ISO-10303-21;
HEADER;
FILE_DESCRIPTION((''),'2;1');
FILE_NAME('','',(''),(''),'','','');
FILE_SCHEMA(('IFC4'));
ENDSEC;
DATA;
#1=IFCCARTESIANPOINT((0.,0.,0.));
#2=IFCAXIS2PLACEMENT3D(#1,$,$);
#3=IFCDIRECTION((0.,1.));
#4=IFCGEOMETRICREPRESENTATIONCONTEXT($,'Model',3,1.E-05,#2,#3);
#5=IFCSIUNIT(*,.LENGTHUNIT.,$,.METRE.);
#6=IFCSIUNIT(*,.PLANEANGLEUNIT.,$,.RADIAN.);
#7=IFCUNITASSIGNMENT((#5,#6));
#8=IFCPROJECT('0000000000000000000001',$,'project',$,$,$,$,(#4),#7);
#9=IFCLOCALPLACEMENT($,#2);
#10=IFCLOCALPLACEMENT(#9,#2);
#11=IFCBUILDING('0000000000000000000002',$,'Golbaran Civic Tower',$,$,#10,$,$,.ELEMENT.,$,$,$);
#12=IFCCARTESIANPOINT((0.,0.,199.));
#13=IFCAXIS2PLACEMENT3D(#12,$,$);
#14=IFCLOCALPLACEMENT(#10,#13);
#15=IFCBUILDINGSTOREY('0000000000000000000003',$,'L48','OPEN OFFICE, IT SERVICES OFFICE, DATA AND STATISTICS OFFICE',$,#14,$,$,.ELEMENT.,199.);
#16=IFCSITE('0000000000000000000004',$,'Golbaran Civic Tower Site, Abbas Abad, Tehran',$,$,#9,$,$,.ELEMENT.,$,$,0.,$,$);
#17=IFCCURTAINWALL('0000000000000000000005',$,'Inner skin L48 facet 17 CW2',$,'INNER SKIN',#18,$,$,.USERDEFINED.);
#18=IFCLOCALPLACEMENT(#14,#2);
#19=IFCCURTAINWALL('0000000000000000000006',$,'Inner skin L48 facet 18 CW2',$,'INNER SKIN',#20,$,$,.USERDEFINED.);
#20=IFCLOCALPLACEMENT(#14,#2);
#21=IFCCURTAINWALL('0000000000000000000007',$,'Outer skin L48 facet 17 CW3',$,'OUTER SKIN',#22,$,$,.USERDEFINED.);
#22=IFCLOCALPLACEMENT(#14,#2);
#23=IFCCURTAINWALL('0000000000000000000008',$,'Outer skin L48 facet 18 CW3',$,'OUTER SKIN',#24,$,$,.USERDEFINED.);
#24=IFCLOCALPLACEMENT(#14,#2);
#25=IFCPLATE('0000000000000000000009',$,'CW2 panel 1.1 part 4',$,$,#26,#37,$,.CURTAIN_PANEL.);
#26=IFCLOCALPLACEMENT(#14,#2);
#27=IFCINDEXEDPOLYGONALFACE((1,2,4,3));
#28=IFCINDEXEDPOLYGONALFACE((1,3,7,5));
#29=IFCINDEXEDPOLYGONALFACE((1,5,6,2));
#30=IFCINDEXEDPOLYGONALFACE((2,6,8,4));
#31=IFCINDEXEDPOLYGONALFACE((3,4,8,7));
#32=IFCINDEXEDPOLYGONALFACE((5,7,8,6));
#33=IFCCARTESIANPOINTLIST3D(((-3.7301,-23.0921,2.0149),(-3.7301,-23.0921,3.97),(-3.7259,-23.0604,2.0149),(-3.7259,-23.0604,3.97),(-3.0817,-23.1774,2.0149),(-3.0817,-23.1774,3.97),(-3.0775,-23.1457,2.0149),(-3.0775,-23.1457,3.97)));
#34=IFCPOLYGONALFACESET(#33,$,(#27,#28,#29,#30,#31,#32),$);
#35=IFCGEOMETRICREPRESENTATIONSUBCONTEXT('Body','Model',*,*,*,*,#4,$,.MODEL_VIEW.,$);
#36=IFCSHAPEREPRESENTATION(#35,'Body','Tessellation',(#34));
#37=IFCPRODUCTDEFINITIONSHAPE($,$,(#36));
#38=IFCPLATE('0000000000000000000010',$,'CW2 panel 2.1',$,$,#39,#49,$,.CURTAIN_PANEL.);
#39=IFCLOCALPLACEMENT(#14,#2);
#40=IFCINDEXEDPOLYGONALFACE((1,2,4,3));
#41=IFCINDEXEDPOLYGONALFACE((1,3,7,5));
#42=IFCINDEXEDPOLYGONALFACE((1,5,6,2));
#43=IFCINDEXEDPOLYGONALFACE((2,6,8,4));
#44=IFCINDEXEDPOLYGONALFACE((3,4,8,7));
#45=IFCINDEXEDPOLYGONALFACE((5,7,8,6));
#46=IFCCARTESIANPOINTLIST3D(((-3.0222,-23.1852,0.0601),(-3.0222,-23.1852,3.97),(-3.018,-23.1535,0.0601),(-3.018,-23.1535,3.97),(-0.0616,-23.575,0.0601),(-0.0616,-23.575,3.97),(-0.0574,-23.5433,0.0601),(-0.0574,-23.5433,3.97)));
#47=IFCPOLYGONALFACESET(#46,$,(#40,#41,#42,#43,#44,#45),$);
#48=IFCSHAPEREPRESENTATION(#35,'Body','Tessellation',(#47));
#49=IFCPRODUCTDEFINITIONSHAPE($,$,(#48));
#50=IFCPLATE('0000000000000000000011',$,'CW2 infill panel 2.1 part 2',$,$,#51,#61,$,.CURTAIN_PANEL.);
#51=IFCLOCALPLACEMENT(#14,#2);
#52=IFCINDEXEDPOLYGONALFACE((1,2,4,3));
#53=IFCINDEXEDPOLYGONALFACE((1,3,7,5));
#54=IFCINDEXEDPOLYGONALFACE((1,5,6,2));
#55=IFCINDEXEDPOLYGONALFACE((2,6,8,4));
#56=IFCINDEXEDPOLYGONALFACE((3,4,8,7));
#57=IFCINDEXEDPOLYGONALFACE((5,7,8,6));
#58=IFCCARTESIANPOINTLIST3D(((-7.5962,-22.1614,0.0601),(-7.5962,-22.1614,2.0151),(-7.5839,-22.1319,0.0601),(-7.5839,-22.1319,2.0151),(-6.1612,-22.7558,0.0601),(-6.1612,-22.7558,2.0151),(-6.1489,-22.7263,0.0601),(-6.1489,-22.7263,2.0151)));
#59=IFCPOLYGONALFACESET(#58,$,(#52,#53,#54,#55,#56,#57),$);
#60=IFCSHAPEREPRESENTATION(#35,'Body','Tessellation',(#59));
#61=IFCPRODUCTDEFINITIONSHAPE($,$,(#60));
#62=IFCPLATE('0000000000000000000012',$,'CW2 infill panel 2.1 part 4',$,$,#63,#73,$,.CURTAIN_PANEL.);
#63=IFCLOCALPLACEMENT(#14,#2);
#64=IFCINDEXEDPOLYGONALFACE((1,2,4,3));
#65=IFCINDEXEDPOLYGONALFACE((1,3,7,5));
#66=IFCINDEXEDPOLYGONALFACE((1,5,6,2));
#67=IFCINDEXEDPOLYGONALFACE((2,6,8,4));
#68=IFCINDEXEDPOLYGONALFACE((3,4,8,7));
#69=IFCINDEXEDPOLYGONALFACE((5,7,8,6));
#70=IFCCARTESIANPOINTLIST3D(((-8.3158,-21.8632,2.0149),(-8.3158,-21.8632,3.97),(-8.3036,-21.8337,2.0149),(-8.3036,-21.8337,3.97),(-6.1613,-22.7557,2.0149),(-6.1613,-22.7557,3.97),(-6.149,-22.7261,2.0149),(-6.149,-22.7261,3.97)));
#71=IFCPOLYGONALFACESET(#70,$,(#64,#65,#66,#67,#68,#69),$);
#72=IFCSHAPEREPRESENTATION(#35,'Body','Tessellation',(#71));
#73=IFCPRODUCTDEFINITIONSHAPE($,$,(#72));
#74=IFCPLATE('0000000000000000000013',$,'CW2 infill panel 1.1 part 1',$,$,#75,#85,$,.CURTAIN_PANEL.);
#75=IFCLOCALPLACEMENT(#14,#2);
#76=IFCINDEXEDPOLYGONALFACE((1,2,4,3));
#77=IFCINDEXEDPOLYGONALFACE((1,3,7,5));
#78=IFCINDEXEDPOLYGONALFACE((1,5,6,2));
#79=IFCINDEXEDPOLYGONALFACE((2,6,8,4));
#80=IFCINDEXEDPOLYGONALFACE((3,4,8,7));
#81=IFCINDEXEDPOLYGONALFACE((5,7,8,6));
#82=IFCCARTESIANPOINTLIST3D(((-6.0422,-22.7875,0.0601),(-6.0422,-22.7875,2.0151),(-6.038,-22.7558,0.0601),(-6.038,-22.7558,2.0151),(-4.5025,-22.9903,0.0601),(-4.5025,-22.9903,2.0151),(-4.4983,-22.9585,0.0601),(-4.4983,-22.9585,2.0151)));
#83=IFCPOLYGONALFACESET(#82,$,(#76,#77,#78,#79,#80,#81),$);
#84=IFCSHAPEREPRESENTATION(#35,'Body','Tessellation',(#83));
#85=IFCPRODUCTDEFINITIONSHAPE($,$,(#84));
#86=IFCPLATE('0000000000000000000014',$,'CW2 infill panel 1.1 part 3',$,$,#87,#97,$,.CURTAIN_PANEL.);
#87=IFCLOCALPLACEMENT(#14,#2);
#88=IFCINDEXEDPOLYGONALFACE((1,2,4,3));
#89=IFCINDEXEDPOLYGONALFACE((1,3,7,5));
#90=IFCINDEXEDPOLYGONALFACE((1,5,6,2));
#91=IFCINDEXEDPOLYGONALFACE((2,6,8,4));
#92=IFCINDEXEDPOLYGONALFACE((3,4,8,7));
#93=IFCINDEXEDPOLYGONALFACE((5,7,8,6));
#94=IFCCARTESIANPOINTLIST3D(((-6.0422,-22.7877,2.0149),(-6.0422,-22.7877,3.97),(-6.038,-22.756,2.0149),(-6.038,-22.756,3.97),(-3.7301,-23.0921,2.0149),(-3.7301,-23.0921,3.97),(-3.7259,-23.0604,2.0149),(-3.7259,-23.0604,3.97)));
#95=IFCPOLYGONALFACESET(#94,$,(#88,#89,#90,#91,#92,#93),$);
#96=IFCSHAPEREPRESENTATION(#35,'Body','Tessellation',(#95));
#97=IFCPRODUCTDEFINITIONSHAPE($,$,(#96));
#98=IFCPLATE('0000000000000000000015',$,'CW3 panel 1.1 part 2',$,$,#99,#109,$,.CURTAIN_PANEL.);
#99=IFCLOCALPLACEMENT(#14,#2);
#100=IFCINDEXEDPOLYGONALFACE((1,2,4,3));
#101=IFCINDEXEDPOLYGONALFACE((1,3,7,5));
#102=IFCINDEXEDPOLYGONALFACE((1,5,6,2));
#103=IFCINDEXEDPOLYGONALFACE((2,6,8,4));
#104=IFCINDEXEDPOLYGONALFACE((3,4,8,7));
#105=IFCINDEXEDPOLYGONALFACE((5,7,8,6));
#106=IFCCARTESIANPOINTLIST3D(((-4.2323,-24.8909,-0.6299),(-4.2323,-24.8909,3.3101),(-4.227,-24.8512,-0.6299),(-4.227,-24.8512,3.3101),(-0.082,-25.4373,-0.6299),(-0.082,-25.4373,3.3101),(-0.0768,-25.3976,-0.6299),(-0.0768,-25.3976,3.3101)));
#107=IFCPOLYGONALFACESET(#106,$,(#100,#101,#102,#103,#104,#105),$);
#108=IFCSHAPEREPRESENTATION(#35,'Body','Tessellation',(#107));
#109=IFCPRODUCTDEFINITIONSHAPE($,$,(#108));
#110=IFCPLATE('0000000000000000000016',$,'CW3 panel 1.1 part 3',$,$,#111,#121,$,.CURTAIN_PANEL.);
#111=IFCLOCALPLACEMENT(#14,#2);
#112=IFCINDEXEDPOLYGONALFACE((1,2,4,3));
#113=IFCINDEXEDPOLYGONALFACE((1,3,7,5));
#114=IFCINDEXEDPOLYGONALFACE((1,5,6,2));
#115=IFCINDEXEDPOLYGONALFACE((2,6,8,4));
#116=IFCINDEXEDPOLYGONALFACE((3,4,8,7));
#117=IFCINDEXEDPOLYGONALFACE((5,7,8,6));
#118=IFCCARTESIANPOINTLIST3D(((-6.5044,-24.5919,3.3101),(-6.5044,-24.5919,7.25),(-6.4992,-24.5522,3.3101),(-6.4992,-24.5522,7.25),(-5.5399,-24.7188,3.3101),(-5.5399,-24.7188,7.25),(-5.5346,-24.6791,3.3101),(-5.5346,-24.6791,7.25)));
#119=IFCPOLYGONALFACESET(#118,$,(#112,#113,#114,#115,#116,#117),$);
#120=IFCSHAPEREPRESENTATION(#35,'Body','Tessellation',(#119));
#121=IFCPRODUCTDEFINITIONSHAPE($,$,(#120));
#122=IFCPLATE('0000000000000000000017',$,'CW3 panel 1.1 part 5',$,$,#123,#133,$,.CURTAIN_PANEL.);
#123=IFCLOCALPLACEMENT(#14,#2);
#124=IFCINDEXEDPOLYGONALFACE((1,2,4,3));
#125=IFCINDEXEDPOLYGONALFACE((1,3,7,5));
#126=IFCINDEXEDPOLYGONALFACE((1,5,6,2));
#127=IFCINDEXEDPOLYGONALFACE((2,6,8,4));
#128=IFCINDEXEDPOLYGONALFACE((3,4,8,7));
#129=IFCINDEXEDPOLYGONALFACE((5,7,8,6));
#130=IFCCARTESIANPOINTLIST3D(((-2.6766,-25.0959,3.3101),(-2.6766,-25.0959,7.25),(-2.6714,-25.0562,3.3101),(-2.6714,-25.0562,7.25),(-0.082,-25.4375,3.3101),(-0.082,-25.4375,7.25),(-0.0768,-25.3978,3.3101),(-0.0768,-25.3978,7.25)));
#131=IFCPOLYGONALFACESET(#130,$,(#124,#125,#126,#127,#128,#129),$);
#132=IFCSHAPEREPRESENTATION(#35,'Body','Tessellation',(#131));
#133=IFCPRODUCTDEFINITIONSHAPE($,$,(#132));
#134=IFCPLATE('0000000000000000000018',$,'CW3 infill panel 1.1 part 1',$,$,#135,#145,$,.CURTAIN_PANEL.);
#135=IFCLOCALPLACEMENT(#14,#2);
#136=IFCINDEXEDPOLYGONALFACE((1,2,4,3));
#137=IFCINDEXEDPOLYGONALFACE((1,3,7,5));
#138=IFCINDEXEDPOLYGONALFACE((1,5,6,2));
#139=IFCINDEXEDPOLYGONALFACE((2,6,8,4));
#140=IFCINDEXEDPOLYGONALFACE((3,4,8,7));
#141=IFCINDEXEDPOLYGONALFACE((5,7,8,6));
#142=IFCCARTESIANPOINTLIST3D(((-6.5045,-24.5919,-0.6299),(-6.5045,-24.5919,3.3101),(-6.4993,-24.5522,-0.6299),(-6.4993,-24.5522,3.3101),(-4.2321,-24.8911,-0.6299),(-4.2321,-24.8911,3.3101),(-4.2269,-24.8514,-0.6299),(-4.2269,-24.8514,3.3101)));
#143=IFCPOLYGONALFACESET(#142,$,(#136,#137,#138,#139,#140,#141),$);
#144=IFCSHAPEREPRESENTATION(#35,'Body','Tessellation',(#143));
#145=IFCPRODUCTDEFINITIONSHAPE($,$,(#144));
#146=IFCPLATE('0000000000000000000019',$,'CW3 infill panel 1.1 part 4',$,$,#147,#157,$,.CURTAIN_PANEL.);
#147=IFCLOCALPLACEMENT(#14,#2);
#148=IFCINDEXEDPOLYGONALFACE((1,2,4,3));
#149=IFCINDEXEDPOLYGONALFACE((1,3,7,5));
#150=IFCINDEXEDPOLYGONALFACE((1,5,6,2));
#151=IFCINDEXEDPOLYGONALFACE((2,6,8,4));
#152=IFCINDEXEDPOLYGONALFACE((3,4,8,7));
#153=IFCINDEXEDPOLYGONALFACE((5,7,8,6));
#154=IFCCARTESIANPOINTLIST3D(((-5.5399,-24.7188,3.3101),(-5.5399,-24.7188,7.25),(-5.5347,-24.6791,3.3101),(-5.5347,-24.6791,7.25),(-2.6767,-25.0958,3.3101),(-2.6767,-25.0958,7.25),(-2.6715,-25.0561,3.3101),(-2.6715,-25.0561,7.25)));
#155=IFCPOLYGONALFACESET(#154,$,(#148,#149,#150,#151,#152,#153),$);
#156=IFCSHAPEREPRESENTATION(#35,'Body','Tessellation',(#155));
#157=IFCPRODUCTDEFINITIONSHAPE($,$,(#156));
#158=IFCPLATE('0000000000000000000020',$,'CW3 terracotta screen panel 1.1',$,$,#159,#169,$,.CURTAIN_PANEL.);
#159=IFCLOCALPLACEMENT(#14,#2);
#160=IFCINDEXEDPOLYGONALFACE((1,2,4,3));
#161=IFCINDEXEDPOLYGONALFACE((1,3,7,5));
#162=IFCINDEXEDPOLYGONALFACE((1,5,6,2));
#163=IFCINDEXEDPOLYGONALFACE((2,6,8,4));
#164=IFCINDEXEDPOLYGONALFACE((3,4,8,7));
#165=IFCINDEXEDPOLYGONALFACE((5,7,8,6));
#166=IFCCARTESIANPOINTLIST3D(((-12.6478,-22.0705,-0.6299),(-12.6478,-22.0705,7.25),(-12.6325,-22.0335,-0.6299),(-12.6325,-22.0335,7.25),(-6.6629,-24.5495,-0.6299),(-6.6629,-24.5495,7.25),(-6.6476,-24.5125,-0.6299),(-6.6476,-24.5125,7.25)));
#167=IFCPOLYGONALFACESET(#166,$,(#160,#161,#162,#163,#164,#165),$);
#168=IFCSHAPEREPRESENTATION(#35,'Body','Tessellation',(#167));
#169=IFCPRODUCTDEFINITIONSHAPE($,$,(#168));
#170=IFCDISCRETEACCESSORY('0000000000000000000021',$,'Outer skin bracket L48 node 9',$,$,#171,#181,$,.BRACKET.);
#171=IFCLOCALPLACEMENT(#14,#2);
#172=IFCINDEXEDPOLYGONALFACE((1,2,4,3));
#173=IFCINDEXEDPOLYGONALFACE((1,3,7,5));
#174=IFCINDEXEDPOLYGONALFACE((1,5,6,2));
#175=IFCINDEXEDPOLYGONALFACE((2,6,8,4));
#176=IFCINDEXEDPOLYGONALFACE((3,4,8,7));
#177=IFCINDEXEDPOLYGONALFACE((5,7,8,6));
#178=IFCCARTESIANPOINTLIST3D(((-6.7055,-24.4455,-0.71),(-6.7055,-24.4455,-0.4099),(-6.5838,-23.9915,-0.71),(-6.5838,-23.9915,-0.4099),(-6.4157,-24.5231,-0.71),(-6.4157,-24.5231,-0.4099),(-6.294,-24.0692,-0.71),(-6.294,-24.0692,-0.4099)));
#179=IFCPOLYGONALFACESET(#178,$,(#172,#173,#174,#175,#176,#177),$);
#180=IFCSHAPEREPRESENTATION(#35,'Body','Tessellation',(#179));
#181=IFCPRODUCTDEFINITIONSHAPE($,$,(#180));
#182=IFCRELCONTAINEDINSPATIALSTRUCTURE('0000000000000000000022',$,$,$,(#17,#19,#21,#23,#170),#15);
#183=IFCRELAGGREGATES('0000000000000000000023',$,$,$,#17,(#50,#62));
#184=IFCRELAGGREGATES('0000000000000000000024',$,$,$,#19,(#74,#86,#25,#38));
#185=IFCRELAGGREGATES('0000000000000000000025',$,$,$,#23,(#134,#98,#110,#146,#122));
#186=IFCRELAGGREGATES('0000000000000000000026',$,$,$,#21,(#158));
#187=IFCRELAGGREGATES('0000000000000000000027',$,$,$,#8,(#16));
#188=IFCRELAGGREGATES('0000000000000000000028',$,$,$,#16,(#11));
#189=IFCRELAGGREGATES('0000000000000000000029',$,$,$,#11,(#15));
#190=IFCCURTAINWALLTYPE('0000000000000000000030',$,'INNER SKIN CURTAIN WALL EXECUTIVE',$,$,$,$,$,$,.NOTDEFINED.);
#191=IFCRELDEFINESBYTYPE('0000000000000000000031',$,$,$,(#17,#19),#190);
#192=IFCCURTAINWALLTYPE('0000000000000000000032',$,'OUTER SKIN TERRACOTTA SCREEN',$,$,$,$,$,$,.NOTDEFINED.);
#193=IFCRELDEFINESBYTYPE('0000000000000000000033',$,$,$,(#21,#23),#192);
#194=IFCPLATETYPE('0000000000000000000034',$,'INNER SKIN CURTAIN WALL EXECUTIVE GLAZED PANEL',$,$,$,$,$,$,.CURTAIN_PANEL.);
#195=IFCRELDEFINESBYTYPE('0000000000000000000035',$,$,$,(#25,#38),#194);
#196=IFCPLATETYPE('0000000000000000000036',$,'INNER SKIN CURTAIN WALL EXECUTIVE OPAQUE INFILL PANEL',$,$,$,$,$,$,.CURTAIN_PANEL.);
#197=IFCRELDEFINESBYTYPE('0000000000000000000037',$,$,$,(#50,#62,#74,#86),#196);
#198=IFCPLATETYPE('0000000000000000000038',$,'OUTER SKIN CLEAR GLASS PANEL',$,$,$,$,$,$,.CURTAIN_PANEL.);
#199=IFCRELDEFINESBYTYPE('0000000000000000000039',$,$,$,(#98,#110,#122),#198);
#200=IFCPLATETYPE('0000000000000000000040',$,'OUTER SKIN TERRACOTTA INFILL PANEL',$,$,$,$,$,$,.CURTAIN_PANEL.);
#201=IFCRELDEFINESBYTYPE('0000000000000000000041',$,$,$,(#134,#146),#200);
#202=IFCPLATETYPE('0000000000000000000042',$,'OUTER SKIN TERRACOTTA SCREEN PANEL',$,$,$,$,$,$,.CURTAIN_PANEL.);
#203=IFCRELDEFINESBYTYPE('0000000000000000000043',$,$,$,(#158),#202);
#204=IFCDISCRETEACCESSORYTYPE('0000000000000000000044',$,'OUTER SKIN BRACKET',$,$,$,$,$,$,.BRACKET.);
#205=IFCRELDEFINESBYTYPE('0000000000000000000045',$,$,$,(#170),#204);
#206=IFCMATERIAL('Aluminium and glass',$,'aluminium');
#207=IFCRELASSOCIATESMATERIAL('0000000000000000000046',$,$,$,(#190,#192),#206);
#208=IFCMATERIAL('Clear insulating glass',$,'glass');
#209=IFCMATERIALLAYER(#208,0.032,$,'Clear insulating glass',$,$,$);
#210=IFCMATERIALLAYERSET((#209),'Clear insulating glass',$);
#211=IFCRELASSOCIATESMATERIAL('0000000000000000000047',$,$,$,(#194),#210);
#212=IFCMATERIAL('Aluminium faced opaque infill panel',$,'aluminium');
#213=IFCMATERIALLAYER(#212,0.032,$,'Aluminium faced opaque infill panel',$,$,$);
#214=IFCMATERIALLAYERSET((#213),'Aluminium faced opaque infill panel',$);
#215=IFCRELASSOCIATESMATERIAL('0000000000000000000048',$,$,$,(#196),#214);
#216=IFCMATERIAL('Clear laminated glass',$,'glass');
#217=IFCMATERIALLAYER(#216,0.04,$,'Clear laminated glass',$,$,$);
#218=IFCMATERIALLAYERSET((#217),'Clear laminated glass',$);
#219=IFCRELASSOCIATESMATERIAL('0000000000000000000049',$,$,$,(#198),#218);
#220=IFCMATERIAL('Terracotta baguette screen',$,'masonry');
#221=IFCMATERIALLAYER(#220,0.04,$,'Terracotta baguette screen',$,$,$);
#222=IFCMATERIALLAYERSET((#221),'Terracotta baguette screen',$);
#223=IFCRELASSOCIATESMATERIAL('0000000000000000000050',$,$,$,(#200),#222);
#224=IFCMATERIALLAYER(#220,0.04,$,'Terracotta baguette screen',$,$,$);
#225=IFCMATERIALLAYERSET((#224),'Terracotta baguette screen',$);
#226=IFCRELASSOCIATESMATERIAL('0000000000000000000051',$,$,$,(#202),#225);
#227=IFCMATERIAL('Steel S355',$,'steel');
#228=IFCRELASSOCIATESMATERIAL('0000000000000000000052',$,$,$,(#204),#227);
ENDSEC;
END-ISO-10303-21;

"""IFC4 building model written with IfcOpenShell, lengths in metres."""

from ifc_helpers import new_model, si_unit, direction, frame, origin, origin_2d, place, context, subcontext, project, spatial, rectangle, extrude, material, layer, layer_set, type_object, element, aggregate, save


model = new_model("IFC4")

# Units and contexts
model_context = context("Model", 3, precision=1e-05, world=origin(), true_north=direction((0.0, 1.0)))
body_context = subcontext(model_context, "Body", "Model", "MODEL_VIEW")
ifc_project = project(units=[si_unit("LENGTHUNIT", "METRE"), si_unit("PLANEANGLEUNIT", "RADIAN")], contexts=[model_context])

# Site, building, storey
site_placement = place(None, origin())
site = spatial("IfcSite", under=ifc_project, at=site_placement, Name="Golbaran Civic Tower Site, Abbas Abad, Tehran", CompositionType="ELEMENT", RefElevation=0.0)
building_placement = place(site_placement, origin())
building = spatial("IfcBuilding", under=site, at=building_placement, Name="Golbaran Civic Tower", CompositionType="ELEMENT")
storey_placement = place(building_placement, frame((0.0, 0.0, 199.0)))
storey = spatial("IfcBuildingStorey", under=building, at=storey_placement, Name="L48", Description="OPEN OFFICE, IT SERVICES OFFICE, DATA AND STATISTICS OFFICE", CompositionType="ELEMENT", Elevation=199.0)

# Shared definitions
ifc_material_1 = material(Name="Steel S355", Category="steel")

# Curtain wall
ifc_material_2 = material(Name="Aluminium and glass", Category="aluminium")
curtain_wall_type_1 = type_object("IfcCurtainWallType", Name="INNER SKIN CURTAIN WALL EXECUTIVE", PredefinedType="NOTDEFINED", material=ifc_material_2)
curtain_wall_1_placement = place(storey_placement, origin())
curtain_wall_1 = element("IfcCurtainWall", 1, at=curtain_wall_1_placement, inside=storey, type_object=curtain_wall_type_1, Name="Inner skin L48 facet 17 CW2", ObjectType="INNER SKIN", PredefinedType="USERDEFINED")

# Curtain wall
curtain_wall_2_placement = place(storey_placement, origin())
curtain_wall_2 = element("IfcCurtainWall", 2, at=curtain_wall_2_placement, inside=storey, type_object=curtain_wall_type_1, Name="Inner skin L48 facet 18 CW2", ObjectType="INNER SKIN", PredefinedType="USERDEFINED")

# Shared definitions
curtain_wall_type_2 = type_object("IfcCurtainWallType", Name="OUTER SKIN TERRACOTTA SCREEN", PredefinedType="NOTDEFINED", material=ifc_material_2)

# Curtain walls
curtain_wall_3_placement = place(storey_placement, origin())
curtain_wall_3 = element("IfcCurtainWall", 3, at=curtain_wall_3_placement, inside=storey, type_object=curtain_wall_type_2, Name="Outer skin L48 facet 17 CW3", ObjectType="OUTER SKIN", PredefinedType="USERDEFINED")
curtain_wall_4_placement = place(storey_placement, origin())
curtain_wall_4 = element("IfcCurtainWall", 4, at=curtain_wall_4_placement, inside=storey, type_object=curtain_wall_type_2, Name="Outer skin L48 facet 18 CW3", ObjectType="OUTER SKIN", PredefinedType="USERDEFINED")

# Plates
ifc_material_3 = material(Name="Clear insulating glass", Category="glass")
ifc_layer_1 = layer(ifc_material_3, 0.032, Name="Clear insulating glass")
ifc_layer_set_1 = layer_set([ifc_layer_1], Name="Clear insulating glass")
plate_type_1 = type_object("IfcPlateType", Name="INNER SKIN CURTAIN WALL EXECUTIVE GLAZED PANEL", PredefinedType="CURTAIN_PANEL", material=ifc_layer_set_1)
plate_1_placement = place(storey_placement, frame((-3.4038, -23.1189, 2.0149), z_axis=(0.0, 0.0, 1.0), x_axis=(0.991445, -0.130526, 0.0)))
plate_1 = element("IfcPlate", 5, at=plate_1_placement, type_object=plate_type_1, Name="CW2 panel 1.1 part 4", PredefinedType="CURTAIN_PANEL", context=body_context, shape_type="SweptSolid", body=[
    extrude(rectangle(XDim=0.6541, YDim=0.032, at=origin_2d()), origin(), (0.0, 0.0, 1.0), 1.9551),
])
plate_2_placement = place(storey_placement, frame((-1.5398, -23.3643, 0.0601), z_axis=(0.0, 0.0, 1.0), x_axis=(0.991445, -0.130526, 0.0)))
plate_2 = element("IfcPlate", 6, at=plate_2_placement, type_object=plate_type_1, Name="CW2 panel 2.1", PredefinedType="CURTAIN_PANEL", context=body_context, shape_type="SweptSolid", body=[
    extrude(rectangle(XDim=2.9861, YDim=0.032, at=origin_2d()), origin(), (0.0, 0.0, 1.0), 3.9099),
])
ifc_material_4 = material(Name="Aluminium faced opaque infill panel", Category="aluminium")
ifc_layer_2 = layer(ifc_material_4, 0.032, Name="Aluminium faced opaque infill panel")
ifc_layer_set_2 = layer_set([ifc_layer_2], Name="Aluminium faced opaque infill panel")
plate_type_2 = type_object("IfcPlateType", Name="INNER SKIN CURTAIN WALL EXECUTIVE OPAQUE INFILL PANEL", PredefinedType="CURTAIN_PANEL", material=ifc_layer_set_2)
plate_3_placement = place(storey_placement, frame((-6.8726, -22.4438, 0.0601), z_axis=(0.0, 0.0, 1.0), x_axis=(0.92388, -0.382683, 0.0)))
plate_3 = element("IfcPlate", 7, at=plate_3_placement, type_object=plate_type_2, Name="CW2 infill panel 2.1 part 2", PredefinedType="CURTAIN_PANEL", context=body_context, shape_type="SweptSolid", body=[
    extrude(rectangle(XDim=1.5532, YDim=0.032, at=origin_2d()), origin(), (0.0, 0.0, 1.0), 1.9551),
])
plate_4_placement = place(storey_placement, frame((-7.2324, -22.2947, 2.0149), z_axis=(0.0, 0.0, 1.0), x_axis=(0.92388, -0.382683, 0.0)))
plate_4 = element("IfcPlate", 8, at=plate_4_placement, type_object=plate_type_2, Name="CW2 infill panel 2.1 part 4", PredefinedType="CURTAIN_PANEL", context=body_context, shape_type="SweptSolid", body=[
    extrude(rectangle(XDim=2.332, YDim=0.032, at=origin_2d()), origin(), (0.0, 0.0, 1.0), 1.9551),
])
aggregate(curtain_wall_1, [plate_3, plate_4])
plate_5_placement = place(storey_placement, frame((-5.2703, -22.873, 0.0601), z_axis=(0.0, 0.0, 1.0), x_axis=(0.991445, -0.130526, 0.0)))
plate_5 = element("IfcPlate", 9, at=plate_5_placement, type_object=plate_type_2, Name="CW2 infill panel 1.1 part 1", PredefinedType="CURTAIN_PANEL", context=body_context, shape_type="SweptSolid", body=[
    extrude(rectangle(XDim=1.553, YDim=0.032, at=origin_2d()), origin(), (0.0, 0.0, 1.0), 1.9551),
])
plate_6_placement = place(storey_placement, frame((-4.884, -22.9241, 2.0149), z_axis=(0.0, 0.0, 1.0), x_axis=(0.991445, -0.130526, 0.0)))
plate_6 = element("IfcPlate", 10, at=plate_6_placement, type_object=plate_type_2, Name="CW2 infill panel 1.1 part 3", PredefinedType="CURTAIN_PANEL", context=body_context, shape_type="SweptSolid", body=[
    extrude(rectangle(XDim=2.332, YDim=0.032, at=origin_2d()), origin(), (0.0, 0.0, 1.0), 1.9551),
])
aggregate(curtain_wall_2, [plate_5, plate_6, plate_1, plate_2])
ifc_material_5 = material(Name="Clear laminated glass", Category="glass")
ifc_layer_3 = layer(ifc_material_5, 0.04, Name="Clear laminated glass")
ifc_layer_set_3 = layer_set([ifc_layer_3], Name="Clear laminated glass")
plate_type_3 = type_object("IfcPlateType", Name="OUTER SKIN CLEAR GLASS PANEL", PredefinedType="CURTAIN_PANEL", material=ifc_layer_set_3)
plate_7_placement = place(storey_placement, frame((-2.1545, -25.1443, -0.6299), z_axis=(0.0, 0.0, 1.0), x_axis=(0.991445, -0.130526, 0.0)))
plate_7 = element("IfcPlate", 11, at=plate_7_placement, type_object=plate_type_3, Name="CW3 panel 1.1 part 2", PredefinedType="CURTAIN_PANEL", context=body_context, shape_type="SweptSolid", body=[
    extrude(rectangle(XDim=4.186, YDim=0.04, at=origin_2d()), origin(), (0.0, 0.0, 1.0), 3.9399),
])
plate_8_placement = place(storey_placement, frame((-6.0195, -24.6355, 3.3101), z_axis=(0.0, 0.0, 1.0), x_axis=(0.991445, -0.130526, 0.0)))
plate_8 = element("IfcPlate", 12, at=plate_8_placement, type_object=plate_type_3, Name="CW3 panel 1.1 part 3", PredefinedType="CURTAIN_PANEL", context=body_context, shape_type="SweptSolid", body=[
    extrude(rectangle(XDim=0.9729, YDim=0.04, at=origin_2d()), origin(), (0.0, 0.0, 1.0), 3.9399),
])
plate_9_placement = place(storey_placement, frame((-1.3767, -25.2468, 3.3101), z_axis=(0.0, 0.0, 1.0), x_axis=(0.991445, -0.130526, 0.0)))
plate_9 = element("IfcPlate", 13, at=plate_9_placement, type_object=plate_type_3, Name="CW3 panel 1.1 part 5", PredefinedType="CURTAIN_PANEL", context=body_context, shape_type="SweptSolid", body=[
    extrude(rectangle(XDim=2.6169, YDim=0.04, at=origin_2d()), origin(), (0.0, 0.0, 1.0), 3.9399),
])
ifc_material_6 = material(Name="Terracotta baguette screen", Category="masonry")
ifc_layer_4 = layer(ifc_material_6, 0.04, Name="Terracotta baguette screen")
ifc_layer_set_4 = layer_set([ifc_layer_4], Name="Terracotta baguette screen")
plate_type_4 = type_object("IfcPlateType", Name="OUTER SKIN TERRACOTTA INFILL PANEL", PredefinedType="CURTAIN_PANEL", material=ifc_layer_set_4)
plate_10_placement = place(storey_placement, frame((-5.3657, -24.7217, -0.6299), z_axis=(0.0, 0.0, 1.0), x_axis=(0.991445, -0.130526, 0.0)))
plate_10 = element("IfcPlate", 14, at=plate_10_placement, type_object=plate_type_4, Name="CW3 infill panel 1.1 part 1", PredefinedType="CURTAIN_PANEL", context=body_context, shape_type="SweptSolid", body=[
    extrude(rectangle(XDim=2.292, YDim=0.04, at=origin_2d()), origin(), (0.0, 0.0, 1.0), 3.9399),
])
plate_11_placement = place(storey_placement, frame((-4.1057, -24.8875, 3.3101), z_axis=(0.0, 0.0, 1.0), x_axis=(0.991445, -0.130526, 0.0)))
plate_11 = element("IfcPlate", 15, at=plate_11_placement, type_object=plate_type_4, Name="CW3 infill panel 1.1 part 4", PredefinedType="CURTAIN_PANEL", context=body_context, shape_type="SweptSolid", body=[
    extrude(rectangle(XDim=2.8879, YDim=0.04, at=origin_2d()), origin(), (0.0, 0.0, 1.0), 3.9399),
])
aggregate(curtain_wall_4, [plate_10, plate_7, plate_8, plate_11, plate_9])
ifc_layer_5 = layer(ifc_material_6, 0.04, Name="Terracotta baguette screen")
ifc_layer_set_5 = layer_set([ifc_layer_5], Name="Terracotta baguette screen")
plate_type_5 = type_object("IfcPlateType", Name="OUTER SKIN TERRACOTTA SCREEN PANEL", PredefinedType="CURTAIN_PANEL", material=ifc_layer_set_5)
plate_12_placement = place(storey_placement, frame((-9.6477, -23.2915, -0.6299), z_axis=(0.0, 0.0, 1.0), x_axis=(0.92388, -0.382683, 0.0)))
plate_12 = element("IfcPlate", 16, at=plate_12_placement, type_object=plate_type_5, Name="CW3 terracotta screen panel 1.1", PredefinedType="CURTAIN_PANEL", context=body_context, shape_type="SweptSolid", body=[
    extrude(rectangle(XDim=6.478, YDim=0.04, at=origin_2d()), origin(), (0.0, 0.0, 1.0), 7.8799),
])
aggregate(curtain_wall_3, [plate_12])

# Discrete accessory
discrete_accessory_type = type_object("IfcDiscreteAccessoryType", Name="OUTER SKIN BRACKET", PredefinedType="BRACKET", material=ifc_material_1)
discrete_accessory_placement = place(storey_placement, frame((-6.4998, -24.2573, -0.71), z_axis=(0.0, 0.0, 1.0), x_axis=(-0.258819, -0.965926, 0.0)))
element("IfcDiscreteAccessory", 17, at=discrete_accessory_placement, inside=storey, type_object=discrete_accessory_type, Name="Outer skin bracket L48 node 9", PredefinedType="BRACKET", context=body_context, shape_type="SweptSolid", body=[
    extrude(rectangle(XDim=0.47, YDim=0.3, at=origin_2d()), origin(), (0.0, 0.0, 1.0), 0.3),
])

save(model, "model.ifc")
